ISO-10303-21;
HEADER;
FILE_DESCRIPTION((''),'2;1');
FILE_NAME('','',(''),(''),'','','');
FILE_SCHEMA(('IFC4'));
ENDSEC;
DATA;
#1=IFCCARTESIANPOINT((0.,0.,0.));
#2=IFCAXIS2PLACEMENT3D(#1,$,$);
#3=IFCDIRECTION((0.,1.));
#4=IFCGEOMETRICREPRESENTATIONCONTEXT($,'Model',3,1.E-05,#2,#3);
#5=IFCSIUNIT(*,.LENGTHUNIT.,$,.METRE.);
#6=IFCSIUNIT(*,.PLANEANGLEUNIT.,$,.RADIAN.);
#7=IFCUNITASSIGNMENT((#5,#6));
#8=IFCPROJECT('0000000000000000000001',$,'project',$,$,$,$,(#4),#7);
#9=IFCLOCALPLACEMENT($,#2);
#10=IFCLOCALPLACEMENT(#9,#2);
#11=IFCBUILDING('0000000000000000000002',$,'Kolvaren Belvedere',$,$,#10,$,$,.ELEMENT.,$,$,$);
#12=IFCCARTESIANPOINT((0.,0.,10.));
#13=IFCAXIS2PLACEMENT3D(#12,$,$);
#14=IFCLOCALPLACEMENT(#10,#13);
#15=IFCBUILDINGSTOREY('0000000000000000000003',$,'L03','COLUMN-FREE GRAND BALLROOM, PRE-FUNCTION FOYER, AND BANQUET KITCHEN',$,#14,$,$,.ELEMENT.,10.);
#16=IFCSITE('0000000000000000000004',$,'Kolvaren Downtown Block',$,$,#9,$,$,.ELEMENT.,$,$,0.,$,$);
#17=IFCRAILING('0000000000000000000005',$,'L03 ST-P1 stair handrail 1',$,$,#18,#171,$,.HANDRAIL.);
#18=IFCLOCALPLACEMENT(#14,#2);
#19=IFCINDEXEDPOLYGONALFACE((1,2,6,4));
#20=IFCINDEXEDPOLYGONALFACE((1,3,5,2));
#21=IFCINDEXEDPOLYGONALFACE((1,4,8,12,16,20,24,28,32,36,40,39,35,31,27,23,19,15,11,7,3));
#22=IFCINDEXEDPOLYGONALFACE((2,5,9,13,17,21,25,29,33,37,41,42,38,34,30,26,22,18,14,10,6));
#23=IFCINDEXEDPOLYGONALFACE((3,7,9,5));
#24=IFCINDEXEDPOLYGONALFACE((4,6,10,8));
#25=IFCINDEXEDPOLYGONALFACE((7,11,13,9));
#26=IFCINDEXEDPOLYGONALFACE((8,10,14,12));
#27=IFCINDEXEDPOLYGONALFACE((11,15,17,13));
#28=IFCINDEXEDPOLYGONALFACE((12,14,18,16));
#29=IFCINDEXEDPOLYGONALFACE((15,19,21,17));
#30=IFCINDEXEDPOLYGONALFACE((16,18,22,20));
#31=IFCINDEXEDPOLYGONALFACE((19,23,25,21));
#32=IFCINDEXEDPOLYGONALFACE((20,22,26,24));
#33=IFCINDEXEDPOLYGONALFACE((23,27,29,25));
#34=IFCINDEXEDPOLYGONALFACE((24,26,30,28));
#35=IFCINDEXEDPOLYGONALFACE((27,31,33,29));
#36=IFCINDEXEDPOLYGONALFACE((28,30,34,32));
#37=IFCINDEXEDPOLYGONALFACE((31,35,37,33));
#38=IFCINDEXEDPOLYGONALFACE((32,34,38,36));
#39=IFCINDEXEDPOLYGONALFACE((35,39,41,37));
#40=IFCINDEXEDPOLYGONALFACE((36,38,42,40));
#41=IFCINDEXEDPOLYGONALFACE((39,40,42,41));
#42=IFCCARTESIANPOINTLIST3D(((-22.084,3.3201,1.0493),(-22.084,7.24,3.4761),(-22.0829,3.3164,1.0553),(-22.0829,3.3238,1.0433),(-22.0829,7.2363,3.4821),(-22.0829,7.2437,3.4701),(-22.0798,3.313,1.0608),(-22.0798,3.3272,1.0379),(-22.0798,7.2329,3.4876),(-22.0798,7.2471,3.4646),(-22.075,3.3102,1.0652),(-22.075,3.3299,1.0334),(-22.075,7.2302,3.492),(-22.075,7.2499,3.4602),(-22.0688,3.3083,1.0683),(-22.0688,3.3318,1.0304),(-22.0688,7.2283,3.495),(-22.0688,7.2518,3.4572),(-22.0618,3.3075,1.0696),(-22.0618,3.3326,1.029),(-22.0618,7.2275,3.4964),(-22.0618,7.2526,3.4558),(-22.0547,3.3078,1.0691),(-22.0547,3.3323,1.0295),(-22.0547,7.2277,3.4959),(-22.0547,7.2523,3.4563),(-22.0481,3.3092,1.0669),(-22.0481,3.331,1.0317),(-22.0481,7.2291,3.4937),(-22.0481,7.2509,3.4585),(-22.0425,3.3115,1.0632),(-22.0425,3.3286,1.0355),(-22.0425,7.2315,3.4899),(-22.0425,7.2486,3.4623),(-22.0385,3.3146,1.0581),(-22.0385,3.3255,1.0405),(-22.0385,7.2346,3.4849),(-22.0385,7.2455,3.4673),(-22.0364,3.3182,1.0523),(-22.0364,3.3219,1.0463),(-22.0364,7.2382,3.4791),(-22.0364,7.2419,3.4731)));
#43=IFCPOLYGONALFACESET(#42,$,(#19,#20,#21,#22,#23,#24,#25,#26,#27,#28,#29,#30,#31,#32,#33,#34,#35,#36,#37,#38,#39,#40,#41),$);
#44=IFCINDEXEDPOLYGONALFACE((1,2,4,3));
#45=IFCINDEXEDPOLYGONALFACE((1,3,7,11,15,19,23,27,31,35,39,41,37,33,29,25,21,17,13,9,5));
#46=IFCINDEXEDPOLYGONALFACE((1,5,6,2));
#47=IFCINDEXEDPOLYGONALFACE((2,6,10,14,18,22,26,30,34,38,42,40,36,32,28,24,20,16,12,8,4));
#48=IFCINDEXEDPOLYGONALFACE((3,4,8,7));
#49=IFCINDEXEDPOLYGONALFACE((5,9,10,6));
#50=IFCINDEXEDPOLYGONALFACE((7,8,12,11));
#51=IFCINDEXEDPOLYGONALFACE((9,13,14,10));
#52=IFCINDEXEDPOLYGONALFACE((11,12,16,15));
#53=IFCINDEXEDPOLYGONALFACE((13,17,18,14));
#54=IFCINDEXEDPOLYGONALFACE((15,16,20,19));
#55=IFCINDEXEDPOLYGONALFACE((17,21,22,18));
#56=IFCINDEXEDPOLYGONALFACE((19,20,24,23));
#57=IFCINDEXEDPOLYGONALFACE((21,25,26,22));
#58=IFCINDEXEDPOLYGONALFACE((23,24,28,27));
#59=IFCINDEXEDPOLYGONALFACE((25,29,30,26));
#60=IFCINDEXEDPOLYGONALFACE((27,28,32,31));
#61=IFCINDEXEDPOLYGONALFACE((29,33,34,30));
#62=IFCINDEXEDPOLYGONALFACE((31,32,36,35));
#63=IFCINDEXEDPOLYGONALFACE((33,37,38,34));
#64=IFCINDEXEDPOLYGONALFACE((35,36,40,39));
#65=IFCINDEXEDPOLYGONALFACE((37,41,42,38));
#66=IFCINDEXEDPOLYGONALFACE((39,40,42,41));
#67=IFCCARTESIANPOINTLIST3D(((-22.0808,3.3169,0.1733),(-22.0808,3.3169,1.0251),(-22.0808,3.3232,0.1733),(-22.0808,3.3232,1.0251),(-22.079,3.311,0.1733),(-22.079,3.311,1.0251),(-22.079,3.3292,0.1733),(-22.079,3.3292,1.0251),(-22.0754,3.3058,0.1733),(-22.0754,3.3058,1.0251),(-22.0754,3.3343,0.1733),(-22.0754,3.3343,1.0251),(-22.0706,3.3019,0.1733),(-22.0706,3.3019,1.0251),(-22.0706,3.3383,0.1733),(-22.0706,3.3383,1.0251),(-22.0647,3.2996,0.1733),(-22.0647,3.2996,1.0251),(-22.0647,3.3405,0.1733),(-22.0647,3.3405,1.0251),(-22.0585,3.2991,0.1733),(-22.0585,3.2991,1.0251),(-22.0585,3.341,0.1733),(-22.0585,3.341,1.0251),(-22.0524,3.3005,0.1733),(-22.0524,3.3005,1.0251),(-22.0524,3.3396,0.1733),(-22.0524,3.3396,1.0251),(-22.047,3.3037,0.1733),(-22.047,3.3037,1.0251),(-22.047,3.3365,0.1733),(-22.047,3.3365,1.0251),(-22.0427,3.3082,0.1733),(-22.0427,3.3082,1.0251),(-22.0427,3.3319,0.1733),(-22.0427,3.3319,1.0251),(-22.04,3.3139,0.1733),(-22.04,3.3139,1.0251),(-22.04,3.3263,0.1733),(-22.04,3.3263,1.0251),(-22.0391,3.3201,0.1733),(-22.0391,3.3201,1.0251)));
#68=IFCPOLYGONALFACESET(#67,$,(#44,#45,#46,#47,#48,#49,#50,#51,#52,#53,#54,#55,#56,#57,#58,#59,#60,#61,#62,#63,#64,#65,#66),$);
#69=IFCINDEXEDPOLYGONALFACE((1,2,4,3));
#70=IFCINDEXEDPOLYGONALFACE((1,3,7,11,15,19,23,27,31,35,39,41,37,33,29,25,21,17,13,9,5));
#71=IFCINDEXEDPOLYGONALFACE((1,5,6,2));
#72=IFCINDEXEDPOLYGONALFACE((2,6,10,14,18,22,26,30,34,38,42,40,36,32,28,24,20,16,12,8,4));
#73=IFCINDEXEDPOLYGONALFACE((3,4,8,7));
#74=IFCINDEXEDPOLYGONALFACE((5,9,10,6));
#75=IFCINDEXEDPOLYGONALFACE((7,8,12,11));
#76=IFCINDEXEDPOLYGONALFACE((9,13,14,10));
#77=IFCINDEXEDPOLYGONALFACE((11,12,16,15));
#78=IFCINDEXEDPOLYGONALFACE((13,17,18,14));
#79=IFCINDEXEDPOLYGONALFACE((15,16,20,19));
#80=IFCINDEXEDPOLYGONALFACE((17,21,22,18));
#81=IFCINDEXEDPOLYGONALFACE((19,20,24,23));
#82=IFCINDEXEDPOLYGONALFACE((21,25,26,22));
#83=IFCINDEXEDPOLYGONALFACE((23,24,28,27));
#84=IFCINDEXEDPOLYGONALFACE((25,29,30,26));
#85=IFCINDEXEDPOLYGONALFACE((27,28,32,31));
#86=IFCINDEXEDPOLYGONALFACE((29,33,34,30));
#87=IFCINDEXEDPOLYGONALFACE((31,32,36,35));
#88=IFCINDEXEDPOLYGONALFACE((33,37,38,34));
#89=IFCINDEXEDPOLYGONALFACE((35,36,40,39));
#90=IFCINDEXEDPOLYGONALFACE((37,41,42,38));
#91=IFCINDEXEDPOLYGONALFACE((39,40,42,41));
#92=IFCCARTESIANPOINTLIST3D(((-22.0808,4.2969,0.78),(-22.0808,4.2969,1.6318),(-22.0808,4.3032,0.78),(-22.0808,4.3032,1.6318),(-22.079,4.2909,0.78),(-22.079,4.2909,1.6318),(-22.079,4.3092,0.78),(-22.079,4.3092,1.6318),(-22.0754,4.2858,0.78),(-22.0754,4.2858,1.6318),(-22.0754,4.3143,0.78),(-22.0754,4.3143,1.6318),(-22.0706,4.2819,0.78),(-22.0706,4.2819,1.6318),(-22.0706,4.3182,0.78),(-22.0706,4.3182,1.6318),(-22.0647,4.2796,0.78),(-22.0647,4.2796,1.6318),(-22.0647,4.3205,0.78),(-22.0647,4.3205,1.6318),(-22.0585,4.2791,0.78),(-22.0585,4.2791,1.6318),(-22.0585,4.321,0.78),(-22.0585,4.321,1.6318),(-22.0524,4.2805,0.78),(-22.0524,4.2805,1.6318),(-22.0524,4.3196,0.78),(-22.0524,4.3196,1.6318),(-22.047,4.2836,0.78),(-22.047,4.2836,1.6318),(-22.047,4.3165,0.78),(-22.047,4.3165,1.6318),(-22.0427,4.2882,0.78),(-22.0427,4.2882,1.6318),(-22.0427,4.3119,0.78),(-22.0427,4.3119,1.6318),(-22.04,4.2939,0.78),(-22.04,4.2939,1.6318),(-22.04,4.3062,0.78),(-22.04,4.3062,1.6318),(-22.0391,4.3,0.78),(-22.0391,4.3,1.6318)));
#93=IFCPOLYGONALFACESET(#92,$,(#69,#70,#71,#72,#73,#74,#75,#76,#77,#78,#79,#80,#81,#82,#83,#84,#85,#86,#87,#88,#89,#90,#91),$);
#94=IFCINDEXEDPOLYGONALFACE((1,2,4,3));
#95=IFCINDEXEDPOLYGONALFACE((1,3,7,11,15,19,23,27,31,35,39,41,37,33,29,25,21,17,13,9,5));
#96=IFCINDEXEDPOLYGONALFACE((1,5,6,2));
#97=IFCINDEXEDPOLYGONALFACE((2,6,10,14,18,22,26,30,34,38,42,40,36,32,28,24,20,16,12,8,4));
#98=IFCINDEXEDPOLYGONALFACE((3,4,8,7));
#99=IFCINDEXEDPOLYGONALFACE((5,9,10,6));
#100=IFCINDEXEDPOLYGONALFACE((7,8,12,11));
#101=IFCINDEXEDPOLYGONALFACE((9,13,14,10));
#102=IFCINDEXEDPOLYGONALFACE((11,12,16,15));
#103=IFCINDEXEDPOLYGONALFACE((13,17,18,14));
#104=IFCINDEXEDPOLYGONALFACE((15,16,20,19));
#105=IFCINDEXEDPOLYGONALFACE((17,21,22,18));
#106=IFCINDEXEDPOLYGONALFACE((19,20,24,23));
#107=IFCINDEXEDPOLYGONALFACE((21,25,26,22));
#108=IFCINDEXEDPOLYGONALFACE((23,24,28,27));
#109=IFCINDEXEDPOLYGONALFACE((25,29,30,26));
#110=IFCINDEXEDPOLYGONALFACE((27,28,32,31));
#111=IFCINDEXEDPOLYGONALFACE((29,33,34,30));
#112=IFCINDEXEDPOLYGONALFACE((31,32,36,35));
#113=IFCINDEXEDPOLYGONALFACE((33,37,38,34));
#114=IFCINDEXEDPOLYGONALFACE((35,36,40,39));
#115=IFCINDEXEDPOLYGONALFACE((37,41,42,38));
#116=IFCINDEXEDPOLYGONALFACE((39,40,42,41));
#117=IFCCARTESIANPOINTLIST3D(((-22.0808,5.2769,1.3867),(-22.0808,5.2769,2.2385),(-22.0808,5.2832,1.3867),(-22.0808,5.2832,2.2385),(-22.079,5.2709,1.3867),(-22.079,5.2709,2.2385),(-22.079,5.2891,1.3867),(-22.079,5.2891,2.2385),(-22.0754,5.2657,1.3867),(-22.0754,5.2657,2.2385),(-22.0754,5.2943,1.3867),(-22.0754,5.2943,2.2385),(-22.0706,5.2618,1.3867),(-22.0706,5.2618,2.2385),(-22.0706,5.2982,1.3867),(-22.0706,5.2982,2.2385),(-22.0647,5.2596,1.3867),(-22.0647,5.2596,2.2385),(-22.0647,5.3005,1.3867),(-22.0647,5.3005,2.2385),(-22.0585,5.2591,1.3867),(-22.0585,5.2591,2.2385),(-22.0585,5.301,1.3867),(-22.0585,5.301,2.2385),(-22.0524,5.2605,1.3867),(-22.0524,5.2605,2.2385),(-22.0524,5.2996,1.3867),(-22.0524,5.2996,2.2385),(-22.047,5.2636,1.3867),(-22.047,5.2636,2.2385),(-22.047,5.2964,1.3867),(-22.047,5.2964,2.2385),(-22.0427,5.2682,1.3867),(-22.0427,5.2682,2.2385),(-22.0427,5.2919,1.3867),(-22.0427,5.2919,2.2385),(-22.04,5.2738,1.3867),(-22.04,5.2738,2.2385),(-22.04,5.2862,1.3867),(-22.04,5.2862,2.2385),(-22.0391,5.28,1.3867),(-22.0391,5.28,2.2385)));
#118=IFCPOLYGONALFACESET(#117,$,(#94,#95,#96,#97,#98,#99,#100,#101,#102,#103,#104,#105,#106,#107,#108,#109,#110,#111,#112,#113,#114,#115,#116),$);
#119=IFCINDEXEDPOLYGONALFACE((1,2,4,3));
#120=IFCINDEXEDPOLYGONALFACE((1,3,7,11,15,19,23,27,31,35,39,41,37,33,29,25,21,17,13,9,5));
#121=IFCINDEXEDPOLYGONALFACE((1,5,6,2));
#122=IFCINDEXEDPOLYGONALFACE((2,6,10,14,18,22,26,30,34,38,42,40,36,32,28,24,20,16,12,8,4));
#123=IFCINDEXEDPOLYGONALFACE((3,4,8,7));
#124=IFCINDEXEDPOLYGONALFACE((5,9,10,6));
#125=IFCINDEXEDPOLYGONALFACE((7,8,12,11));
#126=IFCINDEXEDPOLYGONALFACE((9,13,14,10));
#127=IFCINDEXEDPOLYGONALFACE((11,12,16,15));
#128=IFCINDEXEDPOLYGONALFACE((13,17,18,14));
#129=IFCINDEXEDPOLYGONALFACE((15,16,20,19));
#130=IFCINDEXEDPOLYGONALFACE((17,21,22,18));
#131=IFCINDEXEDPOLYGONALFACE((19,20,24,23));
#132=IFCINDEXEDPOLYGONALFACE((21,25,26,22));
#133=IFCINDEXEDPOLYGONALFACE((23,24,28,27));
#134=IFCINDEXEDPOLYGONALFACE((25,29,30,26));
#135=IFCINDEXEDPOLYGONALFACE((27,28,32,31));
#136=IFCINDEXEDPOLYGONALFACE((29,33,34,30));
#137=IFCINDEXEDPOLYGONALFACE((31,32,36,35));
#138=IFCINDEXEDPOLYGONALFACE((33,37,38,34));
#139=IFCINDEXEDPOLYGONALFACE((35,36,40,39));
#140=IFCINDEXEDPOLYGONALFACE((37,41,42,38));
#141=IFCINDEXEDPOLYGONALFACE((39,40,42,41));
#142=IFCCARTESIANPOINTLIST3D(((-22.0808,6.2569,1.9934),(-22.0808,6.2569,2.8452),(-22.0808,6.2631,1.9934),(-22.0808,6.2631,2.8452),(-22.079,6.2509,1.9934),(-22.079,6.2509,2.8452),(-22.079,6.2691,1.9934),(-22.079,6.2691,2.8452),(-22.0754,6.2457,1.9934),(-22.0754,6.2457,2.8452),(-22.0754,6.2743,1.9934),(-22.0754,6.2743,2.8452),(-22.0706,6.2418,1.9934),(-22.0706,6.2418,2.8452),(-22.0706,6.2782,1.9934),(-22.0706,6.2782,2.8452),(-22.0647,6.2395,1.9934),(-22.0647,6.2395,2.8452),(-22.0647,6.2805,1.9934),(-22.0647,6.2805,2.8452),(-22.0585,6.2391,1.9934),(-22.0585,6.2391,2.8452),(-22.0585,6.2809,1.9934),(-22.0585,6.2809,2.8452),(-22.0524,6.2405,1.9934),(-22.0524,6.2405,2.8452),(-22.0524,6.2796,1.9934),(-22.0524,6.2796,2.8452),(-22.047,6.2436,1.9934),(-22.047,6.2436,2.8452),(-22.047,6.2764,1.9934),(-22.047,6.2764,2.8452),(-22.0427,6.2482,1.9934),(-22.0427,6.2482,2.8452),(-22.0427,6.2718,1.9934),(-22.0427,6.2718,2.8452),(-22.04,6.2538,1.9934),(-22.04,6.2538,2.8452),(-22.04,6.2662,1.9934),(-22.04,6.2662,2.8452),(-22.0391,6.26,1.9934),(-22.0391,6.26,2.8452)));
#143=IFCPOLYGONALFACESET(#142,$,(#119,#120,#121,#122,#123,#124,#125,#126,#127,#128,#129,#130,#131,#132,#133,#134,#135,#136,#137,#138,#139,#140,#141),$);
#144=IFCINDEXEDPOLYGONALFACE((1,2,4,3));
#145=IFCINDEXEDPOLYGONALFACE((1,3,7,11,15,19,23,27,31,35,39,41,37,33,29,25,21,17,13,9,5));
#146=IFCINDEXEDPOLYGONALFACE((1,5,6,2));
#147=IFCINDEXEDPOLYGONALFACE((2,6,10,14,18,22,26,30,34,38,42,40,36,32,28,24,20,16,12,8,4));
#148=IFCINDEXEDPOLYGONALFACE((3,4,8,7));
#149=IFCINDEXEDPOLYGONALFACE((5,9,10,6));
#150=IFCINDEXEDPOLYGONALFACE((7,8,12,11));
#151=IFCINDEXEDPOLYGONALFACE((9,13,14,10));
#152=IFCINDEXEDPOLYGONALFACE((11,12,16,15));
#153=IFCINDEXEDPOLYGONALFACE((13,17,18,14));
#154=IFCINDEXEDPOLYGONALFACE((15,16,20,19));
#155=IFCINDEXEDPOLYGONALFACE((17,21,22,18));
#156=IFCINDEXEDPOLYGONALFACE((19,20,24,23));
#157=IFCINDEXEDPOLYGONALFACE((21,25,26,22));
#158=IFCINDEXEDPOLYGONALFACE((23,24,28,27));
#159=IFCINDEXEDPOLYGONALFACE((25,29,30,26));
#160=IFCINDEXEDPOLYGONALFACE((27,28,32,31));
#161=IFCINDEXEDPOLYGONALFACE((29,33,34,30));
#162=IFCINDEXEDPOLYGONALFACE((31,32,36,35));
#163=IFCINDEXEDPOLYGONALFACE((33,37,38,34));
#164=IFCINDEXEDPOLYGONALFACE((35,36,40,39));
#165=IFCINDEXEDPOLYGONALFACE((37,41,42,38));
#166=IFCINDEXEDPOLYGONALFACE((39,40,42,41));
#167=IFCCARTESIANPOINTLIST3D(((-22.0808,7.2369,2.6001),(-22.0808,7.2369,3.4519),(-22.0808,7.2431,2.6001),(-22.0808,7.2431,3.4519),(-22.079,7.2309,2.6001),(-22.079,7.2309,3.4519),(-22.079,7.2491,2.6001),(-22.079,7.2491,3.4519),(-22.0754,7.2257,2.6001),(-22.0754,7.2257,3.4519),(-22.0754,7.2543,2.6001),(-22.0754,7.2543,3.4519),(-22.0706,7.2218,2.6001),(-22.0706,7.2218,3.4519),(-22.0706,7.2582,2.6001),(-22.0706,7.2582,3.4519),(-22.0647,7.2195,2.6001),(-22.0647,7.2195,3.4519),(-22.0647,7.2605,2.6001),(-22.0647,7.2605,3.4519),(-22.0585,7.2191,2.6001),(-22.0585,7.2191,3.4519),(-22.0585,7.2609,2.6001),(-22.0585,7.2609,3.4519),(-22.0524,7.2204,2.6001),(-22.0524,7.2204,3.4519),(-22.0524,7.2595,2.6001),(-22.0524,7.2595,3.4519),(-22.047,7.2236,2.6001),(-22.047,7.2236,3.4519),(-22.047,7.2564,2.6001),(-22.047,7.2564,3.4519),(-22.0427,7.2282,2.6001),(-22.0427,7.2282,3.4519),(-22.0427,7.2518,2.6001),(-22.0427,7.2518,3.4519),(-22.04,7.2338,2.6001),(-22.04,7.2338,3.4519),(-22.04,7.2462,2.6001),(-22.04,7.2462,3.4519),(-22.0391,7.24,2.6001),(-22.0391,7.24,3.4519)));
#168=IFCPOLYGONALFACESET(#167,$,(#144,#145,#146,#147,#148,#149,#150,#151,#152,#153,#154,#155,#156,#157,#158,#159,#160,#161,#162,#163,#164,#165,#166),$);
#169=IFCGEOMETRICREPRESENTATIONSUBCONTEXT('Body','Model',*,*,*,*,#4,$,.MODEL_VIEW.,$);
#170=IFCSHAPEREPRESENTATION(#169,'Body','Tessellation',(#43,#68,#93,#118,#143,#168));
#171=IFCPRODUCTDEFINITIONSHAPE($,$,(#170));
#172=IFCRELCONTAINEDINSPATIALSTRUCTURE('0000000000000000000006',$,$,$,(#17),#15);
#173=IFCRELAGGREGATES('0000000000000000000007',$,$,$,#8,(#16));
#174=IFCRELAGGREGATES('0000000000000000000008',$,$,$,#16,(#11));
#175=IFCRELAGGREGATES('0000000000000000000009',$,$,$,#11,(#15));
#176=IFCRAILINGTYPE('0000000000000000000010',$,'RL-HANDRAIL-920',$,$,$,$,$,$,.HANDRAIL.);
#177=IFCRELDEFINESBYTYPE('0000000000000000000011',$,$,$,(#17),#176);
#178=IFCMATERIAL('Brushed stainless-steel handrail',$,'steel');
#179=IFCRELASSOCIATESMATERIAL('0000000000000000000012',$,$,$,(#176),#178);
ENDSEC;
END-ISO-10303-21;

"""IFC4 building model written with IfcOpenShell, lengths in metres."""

from ifc_helpers import new_model, si_unit, direction, frame, origin, origin_2d, place, context, subcontext, project, spatial, circle, extrude, material, type_object, element, save


model = new_model("IFC4")

# Units and contexts
model_context = context("Model", 3, precision=1e-05, world=origin(), true_north=direction((0.0, 1.0)))
body_context = subcontext(model_context, "Body", "Model", "MODEL_VIEW")
ifc_project = project(units=[si_unit("LENGTHUNIT", "METRE"), si_unit("PLANEANGLEUNIT", "RADIAN")], contexts=[model_context])

# Site, building, storey
site_placement = place(None, origin())
site = spatial("IfcSite", under=ifc_project, at=site_placement, Name="Kolvaren Downtown Block", CompositionType="ELEMENT", RefElevation=0.0)
building_placement = place(site_placement, origin())
building = spatial("IfcBuilding", under=site, at=building_placement, Name="Kolvaren Belvedere", CompositionType="ELEMENT")
storey_placement = place(building_placement, frame((0.0, 0.0, 10.0)))
storey = spatial("IfcBuildingStorey", under=building, at=storey_placement, Name="L03", Description="COLUMN-FREE GRAND BALLROOM, PRE-FUNCTION FOYER, AND BANQUET KITCHEN", CompositionType="ELEMENT", Elevation=10.0)

# Railing
ifc_material_1 = material(Name="Brushed stainless-steel handrail", Category="steel")
railing_type_1 = type_object("IfcRailingType", Name="RL-HANDRAIL-920", PredefinedType="HANDRAIL", material=ifc_material_1)
railing_1_placement = place(storey_placement, frame((-22.0601, 3.3201, 0.1733)))
element("IfcRailing", 1, at=railing_1_placement, inside=storey, type_object=railing_type_1, Name="L03 ST-P1 stair handrail 1", PredefinedType="HANDRAIL", context=body_context, shape_type="SweptSolid", body=[
    extrude(circle(Radius=0.0239, at=origin_2d()), frame((0.0, 0.0, 0.876), z_axis=(0.0, 0.850252, 0.526376), x_axis=(-1.0, 0.0, 0.0)), (0.0, 0.0, 1.0), 4.6104),
    extrude(circle(Radius=0.021, at=origin_2d()), origin(), (0.0, 0.0, 1.0), 0.8518),
    extrude(circle(Radius=0.021, at=origin_2d()), frame((0.0, 0.98, 0.6067)), (0.0, 0.0, 1.0), 0.8518),
    extrude(circle(Radius=0.021, at=origin_2d()), frame((0.0, 1.96, 1.2134)), (0.0, 0.0, 1.0), 0.8518),
    extrude(circle(Radius=0.021, at=origin_2d()), frame((0.0, 2.9399, 1.8201)), (0.0, 0.0, 1.0), 0.8518),
    extrude(circle(Radius=0.021, at=origin_2d()), frame((0.0, 3.9199, 2.4268)), (0.0, 0.0, 1.0), 0.8518),
])

save(model, "model.ifc")
